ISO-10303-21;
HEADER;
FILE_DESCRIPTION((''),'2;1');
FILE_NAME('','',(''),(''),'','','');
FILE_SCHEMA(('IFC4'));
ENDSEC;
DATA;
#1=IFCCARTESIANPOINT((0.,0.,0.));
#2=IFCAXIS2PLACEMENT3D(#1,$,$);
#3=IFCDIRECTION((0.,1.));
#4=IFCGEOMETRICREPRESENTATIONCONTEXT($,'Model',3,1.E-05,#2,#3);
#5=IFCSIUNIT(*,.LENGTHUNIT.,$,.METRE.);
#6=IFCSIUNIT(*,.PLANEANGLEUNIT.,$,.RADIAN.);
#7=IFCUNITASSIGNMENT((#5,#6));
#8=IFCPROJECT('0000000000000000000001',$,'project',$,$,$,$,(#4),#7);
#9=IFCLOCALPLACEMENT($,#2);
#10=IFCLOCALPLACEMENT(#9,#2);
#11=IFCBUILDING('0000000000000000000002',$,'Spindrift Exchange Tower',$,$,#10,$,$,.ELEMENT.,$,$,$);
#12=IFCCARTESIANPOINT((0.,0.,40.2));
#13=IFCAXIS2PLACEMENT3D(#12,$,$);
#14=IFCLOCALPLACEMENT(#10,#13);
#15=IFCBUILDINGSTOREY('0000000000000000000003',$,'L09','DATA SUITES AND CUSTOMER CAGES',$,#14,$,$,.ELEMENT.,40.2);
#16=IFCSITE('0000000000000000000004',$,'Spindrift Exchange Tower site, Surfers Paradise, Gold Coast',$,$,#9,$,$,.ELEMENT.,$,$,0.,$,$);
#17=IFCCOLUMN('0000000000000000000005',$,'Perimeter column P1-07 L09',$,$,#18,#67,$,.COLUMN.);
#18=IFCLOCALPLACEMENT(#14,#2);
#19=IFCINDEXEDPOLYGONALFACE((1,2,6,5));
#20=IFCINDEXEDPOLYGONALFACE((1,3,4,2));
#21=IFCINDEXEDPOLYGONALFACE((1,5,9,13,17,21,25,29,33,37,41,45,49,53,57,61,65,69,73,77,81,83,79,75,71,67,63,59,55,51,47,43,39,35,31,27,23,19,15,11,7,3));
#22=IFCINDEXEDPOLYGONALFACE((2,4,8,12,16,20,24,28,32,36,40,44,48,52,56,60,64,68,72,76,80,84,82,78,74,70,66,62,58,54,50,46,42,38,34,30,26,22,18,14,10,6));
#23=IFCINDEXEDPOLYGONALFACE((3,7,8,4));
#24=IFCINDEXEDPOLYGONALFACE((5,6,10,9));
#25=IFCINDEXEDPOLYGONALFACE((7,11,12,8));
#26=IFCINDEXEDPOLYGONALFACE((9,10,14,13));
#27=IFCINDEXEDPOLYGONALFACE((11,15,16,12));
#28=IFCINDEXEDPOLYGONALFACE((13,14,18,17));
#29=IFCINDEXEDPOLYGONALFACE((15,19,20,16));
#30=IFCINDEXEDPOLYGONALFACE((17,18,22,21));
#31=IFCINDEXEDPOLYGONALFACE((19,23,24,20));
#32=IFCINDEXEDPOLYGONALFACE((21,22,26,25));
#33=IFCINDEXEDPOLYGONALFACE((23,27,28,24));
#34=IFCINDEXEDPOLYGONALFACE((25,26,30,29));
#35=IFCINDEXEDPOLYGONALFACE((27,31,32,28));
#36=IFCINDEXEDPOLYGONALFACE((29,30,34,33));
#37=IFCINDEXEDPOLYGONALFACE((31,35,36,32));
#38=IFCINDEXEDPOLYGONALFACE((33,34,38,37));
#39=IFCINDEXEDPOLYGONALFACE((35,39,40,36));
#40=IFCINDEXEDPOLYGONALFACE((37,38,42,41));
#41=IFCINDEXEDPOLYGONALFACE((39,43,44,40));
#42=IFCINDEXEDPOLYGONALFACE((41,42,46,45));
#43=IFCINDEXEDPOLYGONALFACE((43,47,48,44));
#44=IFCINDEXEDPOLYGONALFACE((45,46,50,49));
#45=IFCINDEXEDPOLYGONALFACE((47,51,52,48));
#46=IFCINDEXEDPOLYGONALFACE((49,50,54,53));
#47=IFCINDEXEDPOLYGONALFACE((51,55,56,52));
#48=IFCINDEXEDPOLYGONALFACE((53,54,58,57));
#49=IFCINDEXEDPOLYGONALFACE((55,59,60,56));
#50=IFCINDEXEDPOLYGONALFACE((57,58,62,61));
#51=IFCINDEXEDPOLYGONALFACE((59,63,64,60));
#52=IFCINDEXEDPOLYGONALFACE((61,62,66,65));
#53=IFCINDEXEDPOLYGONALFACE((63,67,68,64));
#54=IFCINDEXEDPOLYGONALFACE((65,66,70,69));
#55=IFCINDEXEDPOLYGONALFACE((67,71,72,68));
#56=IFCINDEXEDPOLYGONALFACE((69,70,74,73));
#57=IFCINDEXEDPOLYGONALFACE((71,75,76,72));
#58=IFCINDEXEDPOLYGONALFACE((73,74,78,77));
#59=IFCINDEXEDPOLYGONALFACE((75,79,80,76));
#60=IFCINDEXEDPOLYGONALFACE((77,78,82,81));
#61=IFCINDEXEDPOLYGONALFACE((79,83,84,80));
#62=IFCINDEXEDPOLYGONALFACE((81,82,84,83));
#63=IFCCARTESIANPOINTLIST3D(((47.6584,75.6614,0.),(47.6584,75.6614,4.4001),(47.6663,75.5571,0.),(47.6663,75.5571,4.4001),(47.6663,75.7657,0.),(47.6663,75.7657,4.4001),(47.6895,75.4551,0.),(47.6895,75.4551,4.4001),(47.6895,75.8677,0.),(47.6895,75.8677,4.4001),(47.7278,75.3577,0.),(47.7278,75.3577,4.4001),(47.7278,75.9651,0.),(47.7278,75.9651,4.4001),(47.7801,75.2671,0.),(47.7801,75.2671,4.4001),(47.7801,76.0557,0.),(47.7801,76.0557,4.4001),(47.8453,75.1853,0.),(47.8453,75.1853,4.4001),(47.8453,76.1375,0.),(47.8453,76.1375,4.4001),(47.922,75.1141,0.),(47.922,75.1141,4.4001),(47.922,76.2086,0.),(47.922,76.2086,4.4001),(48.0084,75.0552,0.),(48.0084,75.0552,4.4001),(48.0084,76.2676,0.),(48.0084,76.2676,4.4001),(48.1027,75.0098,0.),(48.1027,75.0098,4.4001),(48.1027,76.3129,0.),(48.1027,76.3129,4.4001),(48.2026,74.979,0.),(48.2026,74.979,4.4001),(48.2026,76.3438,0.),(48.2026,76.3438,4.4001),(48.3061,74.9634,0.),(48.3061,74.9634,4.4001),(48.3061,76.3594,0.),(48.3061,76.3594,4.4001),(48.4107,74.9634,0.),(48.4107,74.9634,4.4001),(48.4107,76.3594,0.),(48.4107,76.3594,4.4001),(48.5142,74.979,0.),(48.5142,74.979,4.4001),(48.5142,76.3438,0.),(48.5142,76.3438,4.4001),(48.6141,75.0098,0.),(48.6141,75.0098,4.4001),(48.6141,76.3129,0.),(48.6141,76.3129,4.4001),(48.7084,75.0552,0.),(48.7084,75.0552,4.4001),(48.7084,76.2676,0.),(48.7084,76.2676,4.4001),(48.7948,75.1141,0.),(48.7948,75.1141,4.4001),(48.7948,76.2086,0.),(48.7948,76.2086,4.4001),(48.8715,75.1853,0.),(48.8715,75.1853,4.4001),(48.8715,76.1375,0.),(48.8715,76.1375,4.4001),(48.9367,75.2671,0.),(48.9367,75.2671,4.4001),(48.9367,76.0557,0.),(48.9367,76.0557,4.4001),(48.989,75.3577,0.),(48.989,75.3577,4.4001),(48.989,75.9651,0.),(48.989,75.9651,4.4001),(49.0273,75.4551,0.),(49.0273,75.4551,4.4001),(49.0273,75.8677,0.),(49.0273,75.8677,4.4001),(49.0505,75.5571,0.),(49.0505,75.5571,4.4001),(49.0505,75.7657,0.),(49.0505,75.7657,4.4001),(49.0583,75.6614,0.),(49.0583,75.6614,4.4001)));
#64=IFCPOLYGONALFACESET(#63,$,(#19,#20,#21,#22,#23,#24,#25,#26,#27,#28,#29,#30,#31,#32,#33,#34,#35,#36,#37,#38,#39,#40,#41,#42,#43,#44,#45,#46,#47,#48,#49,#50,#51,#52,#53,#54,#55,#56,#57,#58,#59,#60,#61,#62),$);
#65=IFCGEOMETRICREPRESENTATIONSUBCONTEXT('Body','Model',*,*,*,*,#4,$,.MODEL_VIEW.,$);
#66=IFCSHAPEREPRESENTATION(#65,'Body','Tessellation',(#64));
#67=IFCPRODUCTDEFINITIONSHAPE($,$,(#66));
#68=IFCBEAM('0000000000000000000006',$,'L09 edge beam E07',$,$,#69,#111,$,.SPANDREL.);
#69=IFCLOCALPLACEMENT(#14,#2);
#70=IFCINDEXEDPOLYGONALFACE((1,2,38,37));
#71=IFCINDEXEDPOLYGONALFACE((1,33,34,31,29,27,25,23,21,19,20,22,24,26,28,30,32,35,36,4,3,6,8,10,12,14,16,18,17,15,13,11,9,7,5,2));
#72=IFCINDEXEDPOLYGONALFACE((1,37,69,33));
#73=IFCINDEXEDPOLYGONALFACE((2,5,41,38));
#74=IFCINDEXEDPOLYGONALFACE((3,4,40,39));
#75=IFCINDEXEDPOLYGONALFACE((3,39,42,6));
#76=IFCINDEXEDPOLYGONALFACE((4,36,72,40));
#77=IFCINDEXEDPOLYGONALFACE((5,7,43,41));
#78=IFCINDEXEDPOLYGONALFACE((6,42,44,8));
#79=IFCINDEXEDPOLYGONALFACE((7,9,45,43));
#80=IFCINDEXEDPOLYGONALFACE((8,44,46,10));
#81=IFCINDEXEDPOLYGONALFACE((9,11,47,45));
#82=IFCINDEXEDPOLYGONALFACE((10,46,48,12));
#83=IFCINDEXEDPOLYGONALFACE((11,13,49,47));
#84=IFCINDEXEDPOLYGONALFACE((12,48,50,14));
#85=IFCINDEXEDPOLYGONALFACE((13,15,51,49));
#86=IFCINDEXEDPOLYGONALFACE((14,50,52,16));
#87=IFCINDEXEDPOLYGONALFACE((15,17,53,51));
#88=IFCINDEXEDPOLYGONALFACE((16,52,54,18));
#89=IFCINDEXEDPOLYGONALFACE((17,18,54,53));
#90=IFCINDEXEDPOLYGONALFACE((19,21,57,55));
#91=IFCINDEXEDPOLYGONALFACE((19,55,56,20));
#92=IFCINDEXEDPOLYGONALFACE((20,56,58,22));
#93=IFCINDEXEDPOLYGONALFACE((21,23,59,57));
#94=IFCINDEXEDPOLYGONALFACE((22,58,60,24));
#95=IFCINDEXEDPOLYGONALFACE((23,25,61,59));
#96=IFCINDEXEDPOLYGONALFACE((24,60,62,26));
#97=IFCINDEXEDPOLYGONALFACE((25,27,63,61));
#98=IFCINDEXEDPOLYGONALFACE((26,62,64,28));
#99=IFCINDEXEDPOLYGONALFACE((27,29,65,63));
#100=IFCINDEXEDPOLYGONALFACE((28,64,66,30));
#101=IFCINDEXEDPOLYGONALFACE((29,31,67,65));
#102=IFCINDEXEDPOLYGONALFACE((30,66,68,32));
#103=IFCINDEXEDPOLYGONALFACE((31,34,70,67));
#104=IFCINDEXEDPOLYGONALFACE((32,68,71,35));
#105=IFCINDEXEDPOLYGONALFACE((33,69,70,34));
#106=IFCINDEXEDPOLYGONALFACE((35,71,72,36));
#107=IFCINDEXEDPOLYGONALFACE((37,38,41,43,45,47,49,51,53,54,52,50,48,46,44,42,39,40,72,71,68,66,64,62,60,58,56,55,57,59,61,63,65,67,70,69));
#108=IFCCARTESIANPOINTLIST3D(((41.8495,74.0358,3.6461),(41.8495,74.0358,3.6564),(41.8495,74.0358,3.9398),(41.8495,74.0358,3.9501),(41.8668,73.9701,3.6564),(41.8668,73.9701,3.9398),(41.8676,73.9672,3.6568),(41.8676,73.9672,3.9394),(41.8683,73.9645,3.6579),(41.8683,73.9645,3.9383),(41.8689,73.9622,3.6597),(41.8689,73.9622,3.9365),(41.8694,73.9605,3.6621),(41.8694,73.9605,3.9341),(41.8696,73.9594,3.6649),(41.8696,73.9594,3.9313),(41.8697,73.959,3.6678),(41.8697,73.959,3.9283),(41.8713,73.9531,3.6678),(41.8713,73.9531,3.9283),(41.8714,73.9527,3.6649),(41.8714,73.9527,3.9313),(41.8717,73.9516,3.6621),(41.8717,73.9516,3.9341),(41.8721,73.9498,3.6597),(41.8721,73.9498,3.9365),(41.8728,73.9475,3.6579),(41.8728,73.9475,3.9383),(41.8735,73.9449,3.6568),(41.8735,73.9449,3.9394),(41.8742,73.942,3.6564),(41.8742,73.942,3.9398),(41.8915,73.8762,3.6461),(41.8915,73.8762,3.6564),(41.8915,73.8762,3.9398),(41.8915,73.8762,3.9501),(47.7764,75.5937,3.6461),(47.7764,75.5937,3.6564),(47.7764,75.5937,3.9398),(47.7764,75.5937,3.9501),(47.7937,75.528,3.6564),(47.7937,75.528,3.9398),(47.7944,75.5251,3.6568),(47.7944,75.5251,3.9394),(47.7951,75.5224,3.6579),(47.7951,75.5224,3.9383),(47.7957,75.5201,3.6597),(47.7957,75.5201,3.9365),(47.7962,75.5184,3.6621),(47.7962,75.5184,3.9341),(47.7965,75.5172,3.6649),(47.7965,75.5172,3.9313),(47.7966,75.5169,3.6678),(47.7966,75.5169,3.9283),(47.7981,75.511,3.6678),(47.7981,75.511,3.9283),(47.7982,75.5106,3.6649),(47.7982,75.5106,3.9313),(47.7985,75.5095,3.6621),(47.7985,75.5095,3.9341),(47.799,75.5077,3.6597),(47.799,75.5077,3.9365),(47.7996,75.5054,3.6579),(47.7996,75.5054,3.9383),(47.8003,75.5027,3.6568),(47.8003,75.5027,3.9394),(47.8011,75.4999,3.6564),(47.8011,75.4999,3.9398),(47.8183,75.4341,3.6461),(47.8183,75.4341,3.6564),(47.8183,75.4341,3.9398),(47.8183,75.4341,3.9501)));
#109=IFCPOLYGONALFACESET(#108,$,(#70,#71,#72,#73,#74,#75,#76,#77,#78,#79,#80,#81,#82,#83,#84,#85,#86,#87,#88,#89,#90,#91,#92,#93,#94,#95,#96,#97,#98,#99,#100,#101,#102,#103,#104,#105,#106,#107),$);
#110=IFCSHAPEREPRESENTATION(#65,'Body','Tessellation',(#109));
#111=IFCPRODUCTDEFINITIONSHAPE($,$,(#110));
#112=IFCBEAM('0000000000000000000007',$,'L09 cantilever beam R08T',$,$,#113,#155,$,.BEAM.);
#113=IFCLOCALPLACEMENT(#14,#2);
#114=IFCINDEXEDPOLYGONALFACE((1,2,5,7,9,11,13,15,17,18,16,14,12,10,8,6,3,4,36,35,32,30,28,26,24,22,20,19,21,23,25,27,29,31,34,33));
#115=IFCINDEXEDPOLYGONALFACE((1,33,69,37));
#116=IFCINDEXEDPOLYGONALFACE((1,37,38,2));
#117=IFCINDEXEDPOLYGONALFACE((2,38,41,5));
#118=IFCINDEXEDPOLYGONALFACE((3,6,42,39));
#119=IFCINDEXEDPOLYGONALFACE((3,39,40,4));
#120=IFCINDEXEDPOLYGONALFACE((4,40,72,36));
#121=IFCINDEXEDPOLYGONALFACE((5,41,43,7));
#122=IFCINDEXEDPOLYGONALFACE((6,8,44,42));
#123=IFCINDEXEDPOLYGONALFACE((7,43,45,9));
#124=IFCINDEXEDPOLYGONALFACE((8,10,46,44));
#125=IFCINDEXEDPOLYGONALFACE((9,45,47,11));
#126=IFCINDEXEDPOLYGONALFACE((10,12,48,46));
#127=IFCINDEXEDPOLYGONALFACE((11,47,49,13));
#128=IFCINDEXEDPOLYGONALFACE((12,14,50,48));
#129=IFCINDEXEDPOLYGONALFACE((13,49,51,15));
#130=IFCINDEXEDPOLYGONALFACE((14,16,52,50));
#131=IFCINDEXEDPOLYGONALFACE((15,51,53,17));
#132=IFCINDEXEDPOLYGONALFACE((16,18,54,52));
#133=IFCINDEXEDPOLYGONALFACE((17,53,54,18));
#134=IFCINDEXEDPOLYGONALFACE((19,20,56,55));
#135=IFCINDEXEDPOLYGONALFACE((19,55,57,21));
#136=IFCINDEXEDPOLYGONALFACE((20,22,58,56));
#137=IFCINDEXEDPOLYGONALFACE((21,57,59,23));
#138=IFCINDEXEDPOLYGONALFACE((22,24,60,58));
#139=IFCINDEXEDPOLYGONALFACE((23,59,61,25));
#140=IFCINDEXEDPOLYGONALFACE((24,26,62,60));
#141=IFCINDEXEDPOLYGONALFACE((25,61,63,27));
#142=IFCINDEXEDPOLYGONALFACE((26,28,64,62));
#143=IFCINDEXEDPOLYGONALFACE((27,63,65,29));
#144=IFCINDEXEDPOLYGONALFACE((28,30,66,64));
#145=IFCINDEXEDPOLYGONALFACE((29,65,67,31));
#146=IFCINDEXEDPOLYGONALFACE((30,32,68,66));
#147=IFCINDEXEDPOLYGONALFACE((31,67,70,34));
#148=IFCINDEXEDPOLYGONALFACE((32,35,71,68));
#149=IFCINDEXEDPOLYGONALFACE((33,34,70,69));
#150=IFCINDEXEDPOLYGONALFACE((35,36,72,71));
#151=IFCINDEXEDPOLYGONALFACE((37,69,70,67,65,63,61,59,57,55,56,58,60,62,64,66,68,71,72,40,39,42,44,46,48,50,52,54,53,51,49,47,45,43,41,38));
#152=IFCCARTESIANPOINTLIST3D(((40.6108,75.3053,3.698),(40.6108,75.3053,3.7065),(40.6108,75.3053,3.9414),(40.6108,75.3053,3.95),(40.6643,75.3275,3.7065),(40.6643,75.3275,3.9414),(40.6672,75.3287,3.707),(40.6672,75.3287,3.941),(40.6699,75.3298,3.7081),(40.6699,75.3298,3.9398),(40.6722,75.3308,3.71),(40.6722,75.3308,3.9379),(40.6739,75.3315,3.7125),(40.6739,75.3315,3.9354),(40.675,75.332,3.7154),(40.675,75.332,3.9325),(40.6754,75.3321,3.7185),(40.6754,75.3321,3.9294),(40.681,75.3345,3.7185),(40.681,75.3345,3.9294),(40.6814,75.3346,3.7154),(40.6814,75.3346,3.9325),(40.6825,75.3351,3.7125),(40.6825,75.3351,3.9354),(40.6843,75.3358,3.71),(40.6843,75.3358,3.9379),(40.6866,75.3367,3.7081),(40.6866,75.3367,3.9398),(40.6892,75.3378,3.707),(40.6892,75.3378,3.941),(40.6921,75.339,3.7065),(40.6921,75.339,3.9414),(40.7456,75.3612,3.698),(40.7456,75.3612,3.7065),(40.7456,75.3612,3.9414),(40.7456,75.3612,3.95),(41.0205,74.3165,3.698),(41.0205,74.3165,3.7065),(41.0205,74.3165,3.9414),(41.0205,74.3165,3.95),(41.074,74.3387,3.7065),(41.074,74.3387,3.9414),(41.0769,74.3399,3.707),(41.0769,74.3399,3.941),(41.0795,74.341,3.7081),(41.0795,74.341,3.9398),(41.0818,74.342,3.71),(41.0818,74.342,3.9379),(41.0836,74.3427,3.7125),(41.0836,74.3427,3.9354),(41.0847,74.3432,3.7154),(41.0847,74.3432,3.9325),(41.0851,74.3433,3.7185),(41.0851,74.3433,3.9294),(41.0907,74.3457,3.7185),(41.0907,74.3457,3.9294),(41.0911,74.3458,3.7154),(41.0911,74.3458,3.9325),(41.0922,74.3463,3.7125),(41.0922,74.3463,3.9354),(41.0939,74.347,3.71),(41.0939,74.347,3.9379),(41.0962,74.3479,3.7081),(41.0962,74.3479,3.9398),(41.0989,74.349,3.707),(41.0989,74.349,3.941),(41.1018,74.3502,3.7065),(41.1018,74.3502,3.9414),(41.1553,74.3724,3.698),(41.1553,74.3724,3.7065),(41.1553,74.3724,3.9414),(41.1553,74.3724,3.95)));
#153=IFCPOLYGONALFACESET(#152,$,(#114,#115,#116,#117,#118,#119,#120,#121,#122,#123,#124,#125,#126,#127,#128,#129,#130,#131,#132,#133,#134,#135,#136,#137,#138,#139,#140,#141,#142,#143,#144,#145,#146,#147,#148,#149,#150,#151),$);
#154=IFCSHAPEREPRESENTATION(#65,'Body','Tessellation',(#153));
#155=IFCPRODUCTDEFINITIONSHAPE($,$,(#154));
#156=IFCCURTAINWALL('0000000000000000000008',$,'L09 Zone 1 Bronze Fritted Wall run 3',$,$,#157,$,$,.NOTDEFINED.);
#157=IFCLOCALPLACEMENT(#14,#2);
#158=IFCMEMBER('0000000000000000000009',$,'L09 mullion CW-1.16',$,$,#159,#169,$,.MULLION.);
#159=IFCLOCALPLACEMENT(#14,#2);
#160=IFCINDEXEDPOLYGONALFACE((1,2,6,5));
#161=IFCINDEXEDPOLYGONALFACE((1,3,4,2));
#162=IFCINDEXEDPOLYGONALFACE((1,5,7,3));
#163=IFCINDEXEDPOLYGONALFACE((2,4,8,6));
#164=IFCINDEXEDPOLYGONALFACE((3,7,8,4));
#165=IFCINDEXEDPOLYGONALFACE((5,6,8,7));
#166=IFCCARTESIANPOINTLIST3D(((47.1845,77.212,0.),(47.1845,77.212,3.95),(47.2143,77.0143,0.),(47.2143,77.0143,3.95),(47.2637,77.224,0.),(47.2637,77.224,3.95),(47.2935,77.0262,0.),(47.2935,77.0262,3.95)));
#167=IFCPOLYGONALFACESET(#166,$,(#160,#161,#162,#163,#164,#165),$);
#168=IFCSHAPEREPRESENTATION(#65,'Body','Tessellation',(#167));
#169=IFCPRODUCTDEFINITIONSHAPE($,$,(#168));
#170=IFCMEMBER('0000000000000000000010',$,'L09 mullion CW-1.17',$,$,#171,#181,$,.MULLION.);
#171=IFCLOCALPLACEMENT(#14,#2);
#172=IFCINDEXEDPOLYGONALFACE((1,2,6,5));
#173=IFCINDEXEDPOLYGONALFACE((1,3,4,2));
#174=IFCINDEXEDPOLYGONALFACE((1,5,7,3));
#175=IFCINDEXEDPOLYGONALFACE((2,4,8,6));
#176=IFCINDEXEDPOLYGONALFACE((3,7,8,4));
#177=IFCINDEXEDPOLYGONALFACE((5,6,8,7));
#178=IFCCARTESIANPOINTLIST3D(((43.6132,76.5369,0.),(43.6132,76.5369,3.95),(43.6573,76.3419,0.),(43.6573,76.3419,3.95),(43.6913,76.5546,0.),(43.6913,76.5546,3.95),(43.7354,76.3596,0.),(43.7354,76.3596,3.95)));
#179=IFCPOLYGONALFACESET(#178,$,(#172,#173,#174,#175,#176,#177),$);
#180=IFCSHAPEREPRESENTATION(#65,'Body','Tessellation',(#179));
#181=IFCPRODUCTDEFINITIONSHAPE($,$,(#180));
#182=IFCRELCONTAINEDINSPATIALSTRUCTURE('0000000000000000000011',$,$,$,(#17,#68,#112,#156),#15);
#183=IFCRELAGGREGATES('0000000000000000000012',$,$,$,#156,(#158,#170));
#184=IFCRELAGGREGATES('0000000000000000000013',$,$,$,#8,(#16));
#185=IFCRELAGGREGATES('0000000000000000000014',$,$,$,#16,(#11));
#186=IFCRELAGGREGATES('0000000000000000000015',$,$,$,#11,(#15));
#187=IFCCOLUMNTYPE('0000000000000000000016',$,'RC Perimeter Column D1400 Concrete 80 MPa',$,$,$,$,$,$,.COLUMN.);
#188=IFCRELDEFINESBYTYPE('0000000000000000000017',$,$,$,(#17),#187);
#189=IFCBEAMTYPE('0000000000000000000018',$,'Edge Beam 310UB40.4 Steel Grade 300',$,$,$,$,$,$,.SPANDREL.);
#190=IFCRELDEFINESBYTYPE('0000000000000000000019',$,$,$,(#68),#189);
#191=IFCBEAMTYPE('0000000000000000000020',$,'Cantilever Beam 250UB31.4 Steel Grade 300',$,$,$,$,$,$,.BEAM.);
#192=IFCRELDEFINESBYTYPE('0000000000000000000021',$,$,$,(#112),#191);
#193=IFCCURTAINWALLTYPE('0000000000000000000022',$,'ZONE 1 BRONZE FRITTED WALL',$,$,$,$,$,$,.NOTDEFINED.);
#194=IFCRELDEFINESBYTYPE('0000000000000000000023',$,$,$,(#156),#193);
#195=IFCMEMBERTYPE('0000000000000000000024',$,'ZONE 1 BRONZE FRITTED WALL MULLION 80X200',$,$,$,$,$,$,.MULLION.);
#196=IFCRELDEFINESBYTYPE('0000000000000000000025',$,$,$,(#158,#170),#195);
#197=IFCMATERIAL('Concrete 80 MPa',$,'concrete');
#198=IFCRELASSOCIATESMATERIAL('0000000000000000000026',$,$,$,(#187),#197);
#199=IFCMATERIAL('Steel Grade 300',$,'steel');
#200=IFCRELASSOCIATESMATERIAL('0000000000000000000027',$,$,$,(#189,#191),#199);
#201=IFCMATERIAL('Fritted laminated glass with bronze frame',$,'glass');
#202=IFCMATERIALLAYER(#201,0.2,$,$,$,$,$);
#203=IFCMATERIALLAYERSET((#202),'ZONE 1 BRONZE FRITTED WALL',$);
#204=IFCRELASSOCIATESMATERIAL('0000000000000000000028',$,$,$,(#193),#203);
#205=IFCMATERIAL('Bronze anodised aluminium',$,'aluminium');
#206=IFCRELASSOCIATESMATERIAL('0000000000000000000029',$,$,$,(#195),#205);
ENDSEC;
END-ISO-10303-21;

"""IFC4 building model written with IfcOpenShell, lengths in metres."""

from ifc_helpers import new_model, si_unit, direction, frame, origin, origin_2d, place, context, subcontext, project, spatial, rectangle, circle, i_section, extrude, source, transform, mapped, material, layer, layer_set, material_profile, profile_set, type_object, element, aggregate, save


model = new_model("IFC4")

# Units and contexts
model_context = context("Model", 3, precision=1e-05, world=origin(), true_north=direction((0.0, 1.0)))
body_context = subcontext(model_context, "Body", "Model", "MODEL_VIEW")
ifc_project = project(units=[si_unit("LENGTHUNIT", "METRE"), si_unit("PLANEANGLEUNIT", "RADIAN")], contexts=[model_context])

# Site, building, storey
site_placement = place(None, origin())
site = spatial("IfcSite", under=ifc_project, at=site_placement, Name="Spindrift Exchange Tower site, Surfers Paradise, Gold Coast", CompositionType="ELEMENT", RefElevation=0.0)
building_placement = place(site_placement, origin())
building = spatial("IfcBuilding", under=site, at=building_placement, Name="Spindrift Exchange Tower", CompositionType="ELEMENT")
storey_placement = place(building_placement, frame((0.0, 0.0, 40.2)))
storey = spatial("IfcBuildingStorey", under=building, at=storey_placement, Name="L09", Description="DATA SUITES AND CUSTOMER CAGES", CompositionType="ELEMENT", Elevation=40.2)

# Column
ifc_material_1 = material(Name="Concrete 80 MPa", Category="concrete")
ifc_material_profile_1 = material_profile(ifc_material_1, circle(Radius=0.7, at=origin_2d()), Name="RC D1400")
ifc_profile_set_1 = profile_set([ifc_material_profile_1], Name="Concrete 80 MPa")
column_type = type_object("IfcColumnType", Name="RC Perimeter Column D1400 Concrete 80 MPa", PredefinedType="COLUMN", material=ifc_profile_set_1)
shared_shape_1 = source(origin(), body_context, "Body", "SweptSolid", [
    extrude(circle(Radius=0.7, at=origin_2d()), origin(), (0.0, 0.0, 1.0), 4.4001),
])
column_placement = place(storey_placement, frame((48.3584, 75.6614, 0.0), z_axis=(0.0, 0.0, 1.0), x_axis=(1.0, 0.0, 0.0)))
element("IfcColumn", 1, at=column_placement, inside=storey, type_object=column_type, Name="Perimeter column P1-07 L09", PredefinedType="COLUMN", context=body_context, shape_type="MappedRepresentation", body=[
    mapped(shared_shape_1, transform((0.0, 0.0, 0.0), scale=1.0)),
])

# Beams
ifc_material_2 = material(Name="Steel Grade 300", Category="steel")
ifc_material_profile_2 = material_profile(ifc_material_2, i_section(OverallWidth=0.165, OverallDepth=0.304, WebThickness=0.0061, FlangeThickness=0.0103, FilletRadius=0.0115, at=origin_2d()), Name="310UB40.4")
ifc_profile_set_2 = profile_set([ifc_material_profile_2], Name="Steel Grade 300")
beam_type_1 = type_object("IfcBeamType", Name="Edge Beam 310UB40.4 Steel Grade 300", PredefinedType="SPANDREL", material=ifc_profile_set_2)
shared_shape_2 = source(origin(), body_context, "Body", "SweptSolid", [
    extrude(i_section(OverallWidth=0.165, OverallDepth=0.304, WebThickness=0.0061, FlangeThickness=0.0103, FilletRadius=0.0115, at=origin_2d()), origin(), (0.0, 0.0, 1.0), 6.1282),
])
beam_1_placement = place(storey_placement, frame((47.7974, 75.5139, 3.7981), z_axis=(-0.967147, -0.254217, 0.0), x_axis=(0.254217, -0.967147, 0.0)))
element("IfcBeam", 2, at=beam_1_placement, inside=storey, type_object=beam_type_1, Name="L09 edge beam E07", PredefinedType="SPANDREL", context=body_context, shape_type="MappedRepresentation", body=[
    mapped(shared_shape_2, transform((0.0, 0.0, 0.0), scale=1.0)),
])
ifc_material_profile_3 = material_profile(ifc_material_2, i_section(OverallWidth=0.146, OverallDepth=0.252, WebThickness=0.0061, FlangeThickness=0.0085, FilletRadius=0.012, at=origin_2d()), Name="250UB31.4")
ifc_profile_set_3 = profile_set([ifc_material_profile_3], Name="Steel Grade 300")
beam_type_2 = type_object("IfcBeamType", Name="Cantilever Beam 250UB31.4 Steel Grade 300", PredefinedType="BEAM", material=ifc_profile_set_3)
shared_shape_3 = source(origin(), body_context, "Body", "SweptSolid", [
    extrude(i_section(OverallWidth=0.146, OverallDepth=0.252, WebThickness=0.0061, FlangeThickness=0.0085, FilletRadius=0.012, at=origin_2d()), origin(), (0.0, 0.0, 1.0), 1.0703),
])
beam_2_placement = place(storey_placement, frame((41.0879, 74.3445, 3.824), z_axis=(-0.382768, 0.923844, 0.0), x_axis=(-0.923844, -0.382768, 0.0)))
element("IfcBeam", 3, at=beam_2_placement, inside=storey, type_object=beam_type_2, Name="L09 cantilever beam R08T", PredefinedType="BEAM", context=body_context, shape_type="MappedRepresentation", body=[
    mapped(shared_shape_3, transform((0.0, 0.0, 0.0), scale=1.0)),
])

# Curtain wall, members
ifc_material_3 = material(Name="Fritted laminated glass with bronze frame", Category="glass")
ifc_layer_1 = layer(ifc_material_3, 0.2)
ifc_layer_set_1 = layer_set([ifc_layer_1], Name="ZONE 1 BRONZE FRITTED WALL")
curtain_wall_type = type_object("IfcCurtainWallType", Name="ZONE 1 BRONZE FRITTED WALL", PredefinedType="NOTDEFINED", material=ifc_layer_set_1)
curtain_wall_1_placement = place(storey_placement, origin())
curtain_wall_1 = element("IfcCurtainWall", 4, at=curtain_wall_1_placement, inside=storey, type_object=curtain_wall_type, Name="L09 Zone 1 Bronze Fritted Wall run 3", PredefinedType="NOTDEFINED")
ifc_material_4 = material(Name="Bronze anodised aluminium", Category="aluminium")
ifc_material_profile_4 = material_profile(ifc_material_4, rectangle(XDim=0.0801, YDim=0.2, at=origin_2d()), Name="ZONE 1 BRONZE FRITTED WALL MULLION 80X200")
ifc_profile_set_4 = profile_set([ifc_material_profile_4], Name="Bronze anodised aluminium")
member_type_1 = type_object("IfcMemberType", Name="ZONE 1 BRONZE FRITTED WALL MULLION 80X200", PredefinedType="MULLION", material=ifc_profile_set_4)
shared_shape_4 = source(origin(), body_context, "Body", "SweptSolid", [
    extrude(rectangle(XDim=0.0801, YDim=0.2, at=origin_2d()), origin(), (0.0, 0.0, 1.0), 3.95),
])
member_1_placement = place(storey_placement, frame((47.239, 77.1191, 0.0), z_axis=(0.0, 0.0, 1.0), x_axis=(-0.988838, -0.148995, 0.0)))
member_1 = element("IfcMember", 5, at=member_1_placement, type_object=member_type_1, Name="L09 mullion CW-1.16", PredefinedType="MULLION", context=body_context, shape_type="MappedRepresentation", body=[
    mapped(shared_shape_4, transform((0.0, 0.0, 0.0), scale=1.0)),
])
member_2_placement = place(storey_placement, frame((43.6743, 76.4482, 0.0), z_axis=(0.0, 0.0, 1.0), x_axis=(-0.9753, -0.220886, 0.0)))
member_2 = element("IfcMember", 6, at=member_2_placement, type_object=member_type_1, Name="L09 mullion CW-1.17", PredefinedType="MULLION", context=body_context, shape_type="MappedRepresentation", body=[
    mapped(shared_shape_4, transform((0.0, 0.0, 0.0), scale=1.0)),
])

aggregate(curtain_wall_1, [member_1, member_2])

save(model, "model.ifc")
